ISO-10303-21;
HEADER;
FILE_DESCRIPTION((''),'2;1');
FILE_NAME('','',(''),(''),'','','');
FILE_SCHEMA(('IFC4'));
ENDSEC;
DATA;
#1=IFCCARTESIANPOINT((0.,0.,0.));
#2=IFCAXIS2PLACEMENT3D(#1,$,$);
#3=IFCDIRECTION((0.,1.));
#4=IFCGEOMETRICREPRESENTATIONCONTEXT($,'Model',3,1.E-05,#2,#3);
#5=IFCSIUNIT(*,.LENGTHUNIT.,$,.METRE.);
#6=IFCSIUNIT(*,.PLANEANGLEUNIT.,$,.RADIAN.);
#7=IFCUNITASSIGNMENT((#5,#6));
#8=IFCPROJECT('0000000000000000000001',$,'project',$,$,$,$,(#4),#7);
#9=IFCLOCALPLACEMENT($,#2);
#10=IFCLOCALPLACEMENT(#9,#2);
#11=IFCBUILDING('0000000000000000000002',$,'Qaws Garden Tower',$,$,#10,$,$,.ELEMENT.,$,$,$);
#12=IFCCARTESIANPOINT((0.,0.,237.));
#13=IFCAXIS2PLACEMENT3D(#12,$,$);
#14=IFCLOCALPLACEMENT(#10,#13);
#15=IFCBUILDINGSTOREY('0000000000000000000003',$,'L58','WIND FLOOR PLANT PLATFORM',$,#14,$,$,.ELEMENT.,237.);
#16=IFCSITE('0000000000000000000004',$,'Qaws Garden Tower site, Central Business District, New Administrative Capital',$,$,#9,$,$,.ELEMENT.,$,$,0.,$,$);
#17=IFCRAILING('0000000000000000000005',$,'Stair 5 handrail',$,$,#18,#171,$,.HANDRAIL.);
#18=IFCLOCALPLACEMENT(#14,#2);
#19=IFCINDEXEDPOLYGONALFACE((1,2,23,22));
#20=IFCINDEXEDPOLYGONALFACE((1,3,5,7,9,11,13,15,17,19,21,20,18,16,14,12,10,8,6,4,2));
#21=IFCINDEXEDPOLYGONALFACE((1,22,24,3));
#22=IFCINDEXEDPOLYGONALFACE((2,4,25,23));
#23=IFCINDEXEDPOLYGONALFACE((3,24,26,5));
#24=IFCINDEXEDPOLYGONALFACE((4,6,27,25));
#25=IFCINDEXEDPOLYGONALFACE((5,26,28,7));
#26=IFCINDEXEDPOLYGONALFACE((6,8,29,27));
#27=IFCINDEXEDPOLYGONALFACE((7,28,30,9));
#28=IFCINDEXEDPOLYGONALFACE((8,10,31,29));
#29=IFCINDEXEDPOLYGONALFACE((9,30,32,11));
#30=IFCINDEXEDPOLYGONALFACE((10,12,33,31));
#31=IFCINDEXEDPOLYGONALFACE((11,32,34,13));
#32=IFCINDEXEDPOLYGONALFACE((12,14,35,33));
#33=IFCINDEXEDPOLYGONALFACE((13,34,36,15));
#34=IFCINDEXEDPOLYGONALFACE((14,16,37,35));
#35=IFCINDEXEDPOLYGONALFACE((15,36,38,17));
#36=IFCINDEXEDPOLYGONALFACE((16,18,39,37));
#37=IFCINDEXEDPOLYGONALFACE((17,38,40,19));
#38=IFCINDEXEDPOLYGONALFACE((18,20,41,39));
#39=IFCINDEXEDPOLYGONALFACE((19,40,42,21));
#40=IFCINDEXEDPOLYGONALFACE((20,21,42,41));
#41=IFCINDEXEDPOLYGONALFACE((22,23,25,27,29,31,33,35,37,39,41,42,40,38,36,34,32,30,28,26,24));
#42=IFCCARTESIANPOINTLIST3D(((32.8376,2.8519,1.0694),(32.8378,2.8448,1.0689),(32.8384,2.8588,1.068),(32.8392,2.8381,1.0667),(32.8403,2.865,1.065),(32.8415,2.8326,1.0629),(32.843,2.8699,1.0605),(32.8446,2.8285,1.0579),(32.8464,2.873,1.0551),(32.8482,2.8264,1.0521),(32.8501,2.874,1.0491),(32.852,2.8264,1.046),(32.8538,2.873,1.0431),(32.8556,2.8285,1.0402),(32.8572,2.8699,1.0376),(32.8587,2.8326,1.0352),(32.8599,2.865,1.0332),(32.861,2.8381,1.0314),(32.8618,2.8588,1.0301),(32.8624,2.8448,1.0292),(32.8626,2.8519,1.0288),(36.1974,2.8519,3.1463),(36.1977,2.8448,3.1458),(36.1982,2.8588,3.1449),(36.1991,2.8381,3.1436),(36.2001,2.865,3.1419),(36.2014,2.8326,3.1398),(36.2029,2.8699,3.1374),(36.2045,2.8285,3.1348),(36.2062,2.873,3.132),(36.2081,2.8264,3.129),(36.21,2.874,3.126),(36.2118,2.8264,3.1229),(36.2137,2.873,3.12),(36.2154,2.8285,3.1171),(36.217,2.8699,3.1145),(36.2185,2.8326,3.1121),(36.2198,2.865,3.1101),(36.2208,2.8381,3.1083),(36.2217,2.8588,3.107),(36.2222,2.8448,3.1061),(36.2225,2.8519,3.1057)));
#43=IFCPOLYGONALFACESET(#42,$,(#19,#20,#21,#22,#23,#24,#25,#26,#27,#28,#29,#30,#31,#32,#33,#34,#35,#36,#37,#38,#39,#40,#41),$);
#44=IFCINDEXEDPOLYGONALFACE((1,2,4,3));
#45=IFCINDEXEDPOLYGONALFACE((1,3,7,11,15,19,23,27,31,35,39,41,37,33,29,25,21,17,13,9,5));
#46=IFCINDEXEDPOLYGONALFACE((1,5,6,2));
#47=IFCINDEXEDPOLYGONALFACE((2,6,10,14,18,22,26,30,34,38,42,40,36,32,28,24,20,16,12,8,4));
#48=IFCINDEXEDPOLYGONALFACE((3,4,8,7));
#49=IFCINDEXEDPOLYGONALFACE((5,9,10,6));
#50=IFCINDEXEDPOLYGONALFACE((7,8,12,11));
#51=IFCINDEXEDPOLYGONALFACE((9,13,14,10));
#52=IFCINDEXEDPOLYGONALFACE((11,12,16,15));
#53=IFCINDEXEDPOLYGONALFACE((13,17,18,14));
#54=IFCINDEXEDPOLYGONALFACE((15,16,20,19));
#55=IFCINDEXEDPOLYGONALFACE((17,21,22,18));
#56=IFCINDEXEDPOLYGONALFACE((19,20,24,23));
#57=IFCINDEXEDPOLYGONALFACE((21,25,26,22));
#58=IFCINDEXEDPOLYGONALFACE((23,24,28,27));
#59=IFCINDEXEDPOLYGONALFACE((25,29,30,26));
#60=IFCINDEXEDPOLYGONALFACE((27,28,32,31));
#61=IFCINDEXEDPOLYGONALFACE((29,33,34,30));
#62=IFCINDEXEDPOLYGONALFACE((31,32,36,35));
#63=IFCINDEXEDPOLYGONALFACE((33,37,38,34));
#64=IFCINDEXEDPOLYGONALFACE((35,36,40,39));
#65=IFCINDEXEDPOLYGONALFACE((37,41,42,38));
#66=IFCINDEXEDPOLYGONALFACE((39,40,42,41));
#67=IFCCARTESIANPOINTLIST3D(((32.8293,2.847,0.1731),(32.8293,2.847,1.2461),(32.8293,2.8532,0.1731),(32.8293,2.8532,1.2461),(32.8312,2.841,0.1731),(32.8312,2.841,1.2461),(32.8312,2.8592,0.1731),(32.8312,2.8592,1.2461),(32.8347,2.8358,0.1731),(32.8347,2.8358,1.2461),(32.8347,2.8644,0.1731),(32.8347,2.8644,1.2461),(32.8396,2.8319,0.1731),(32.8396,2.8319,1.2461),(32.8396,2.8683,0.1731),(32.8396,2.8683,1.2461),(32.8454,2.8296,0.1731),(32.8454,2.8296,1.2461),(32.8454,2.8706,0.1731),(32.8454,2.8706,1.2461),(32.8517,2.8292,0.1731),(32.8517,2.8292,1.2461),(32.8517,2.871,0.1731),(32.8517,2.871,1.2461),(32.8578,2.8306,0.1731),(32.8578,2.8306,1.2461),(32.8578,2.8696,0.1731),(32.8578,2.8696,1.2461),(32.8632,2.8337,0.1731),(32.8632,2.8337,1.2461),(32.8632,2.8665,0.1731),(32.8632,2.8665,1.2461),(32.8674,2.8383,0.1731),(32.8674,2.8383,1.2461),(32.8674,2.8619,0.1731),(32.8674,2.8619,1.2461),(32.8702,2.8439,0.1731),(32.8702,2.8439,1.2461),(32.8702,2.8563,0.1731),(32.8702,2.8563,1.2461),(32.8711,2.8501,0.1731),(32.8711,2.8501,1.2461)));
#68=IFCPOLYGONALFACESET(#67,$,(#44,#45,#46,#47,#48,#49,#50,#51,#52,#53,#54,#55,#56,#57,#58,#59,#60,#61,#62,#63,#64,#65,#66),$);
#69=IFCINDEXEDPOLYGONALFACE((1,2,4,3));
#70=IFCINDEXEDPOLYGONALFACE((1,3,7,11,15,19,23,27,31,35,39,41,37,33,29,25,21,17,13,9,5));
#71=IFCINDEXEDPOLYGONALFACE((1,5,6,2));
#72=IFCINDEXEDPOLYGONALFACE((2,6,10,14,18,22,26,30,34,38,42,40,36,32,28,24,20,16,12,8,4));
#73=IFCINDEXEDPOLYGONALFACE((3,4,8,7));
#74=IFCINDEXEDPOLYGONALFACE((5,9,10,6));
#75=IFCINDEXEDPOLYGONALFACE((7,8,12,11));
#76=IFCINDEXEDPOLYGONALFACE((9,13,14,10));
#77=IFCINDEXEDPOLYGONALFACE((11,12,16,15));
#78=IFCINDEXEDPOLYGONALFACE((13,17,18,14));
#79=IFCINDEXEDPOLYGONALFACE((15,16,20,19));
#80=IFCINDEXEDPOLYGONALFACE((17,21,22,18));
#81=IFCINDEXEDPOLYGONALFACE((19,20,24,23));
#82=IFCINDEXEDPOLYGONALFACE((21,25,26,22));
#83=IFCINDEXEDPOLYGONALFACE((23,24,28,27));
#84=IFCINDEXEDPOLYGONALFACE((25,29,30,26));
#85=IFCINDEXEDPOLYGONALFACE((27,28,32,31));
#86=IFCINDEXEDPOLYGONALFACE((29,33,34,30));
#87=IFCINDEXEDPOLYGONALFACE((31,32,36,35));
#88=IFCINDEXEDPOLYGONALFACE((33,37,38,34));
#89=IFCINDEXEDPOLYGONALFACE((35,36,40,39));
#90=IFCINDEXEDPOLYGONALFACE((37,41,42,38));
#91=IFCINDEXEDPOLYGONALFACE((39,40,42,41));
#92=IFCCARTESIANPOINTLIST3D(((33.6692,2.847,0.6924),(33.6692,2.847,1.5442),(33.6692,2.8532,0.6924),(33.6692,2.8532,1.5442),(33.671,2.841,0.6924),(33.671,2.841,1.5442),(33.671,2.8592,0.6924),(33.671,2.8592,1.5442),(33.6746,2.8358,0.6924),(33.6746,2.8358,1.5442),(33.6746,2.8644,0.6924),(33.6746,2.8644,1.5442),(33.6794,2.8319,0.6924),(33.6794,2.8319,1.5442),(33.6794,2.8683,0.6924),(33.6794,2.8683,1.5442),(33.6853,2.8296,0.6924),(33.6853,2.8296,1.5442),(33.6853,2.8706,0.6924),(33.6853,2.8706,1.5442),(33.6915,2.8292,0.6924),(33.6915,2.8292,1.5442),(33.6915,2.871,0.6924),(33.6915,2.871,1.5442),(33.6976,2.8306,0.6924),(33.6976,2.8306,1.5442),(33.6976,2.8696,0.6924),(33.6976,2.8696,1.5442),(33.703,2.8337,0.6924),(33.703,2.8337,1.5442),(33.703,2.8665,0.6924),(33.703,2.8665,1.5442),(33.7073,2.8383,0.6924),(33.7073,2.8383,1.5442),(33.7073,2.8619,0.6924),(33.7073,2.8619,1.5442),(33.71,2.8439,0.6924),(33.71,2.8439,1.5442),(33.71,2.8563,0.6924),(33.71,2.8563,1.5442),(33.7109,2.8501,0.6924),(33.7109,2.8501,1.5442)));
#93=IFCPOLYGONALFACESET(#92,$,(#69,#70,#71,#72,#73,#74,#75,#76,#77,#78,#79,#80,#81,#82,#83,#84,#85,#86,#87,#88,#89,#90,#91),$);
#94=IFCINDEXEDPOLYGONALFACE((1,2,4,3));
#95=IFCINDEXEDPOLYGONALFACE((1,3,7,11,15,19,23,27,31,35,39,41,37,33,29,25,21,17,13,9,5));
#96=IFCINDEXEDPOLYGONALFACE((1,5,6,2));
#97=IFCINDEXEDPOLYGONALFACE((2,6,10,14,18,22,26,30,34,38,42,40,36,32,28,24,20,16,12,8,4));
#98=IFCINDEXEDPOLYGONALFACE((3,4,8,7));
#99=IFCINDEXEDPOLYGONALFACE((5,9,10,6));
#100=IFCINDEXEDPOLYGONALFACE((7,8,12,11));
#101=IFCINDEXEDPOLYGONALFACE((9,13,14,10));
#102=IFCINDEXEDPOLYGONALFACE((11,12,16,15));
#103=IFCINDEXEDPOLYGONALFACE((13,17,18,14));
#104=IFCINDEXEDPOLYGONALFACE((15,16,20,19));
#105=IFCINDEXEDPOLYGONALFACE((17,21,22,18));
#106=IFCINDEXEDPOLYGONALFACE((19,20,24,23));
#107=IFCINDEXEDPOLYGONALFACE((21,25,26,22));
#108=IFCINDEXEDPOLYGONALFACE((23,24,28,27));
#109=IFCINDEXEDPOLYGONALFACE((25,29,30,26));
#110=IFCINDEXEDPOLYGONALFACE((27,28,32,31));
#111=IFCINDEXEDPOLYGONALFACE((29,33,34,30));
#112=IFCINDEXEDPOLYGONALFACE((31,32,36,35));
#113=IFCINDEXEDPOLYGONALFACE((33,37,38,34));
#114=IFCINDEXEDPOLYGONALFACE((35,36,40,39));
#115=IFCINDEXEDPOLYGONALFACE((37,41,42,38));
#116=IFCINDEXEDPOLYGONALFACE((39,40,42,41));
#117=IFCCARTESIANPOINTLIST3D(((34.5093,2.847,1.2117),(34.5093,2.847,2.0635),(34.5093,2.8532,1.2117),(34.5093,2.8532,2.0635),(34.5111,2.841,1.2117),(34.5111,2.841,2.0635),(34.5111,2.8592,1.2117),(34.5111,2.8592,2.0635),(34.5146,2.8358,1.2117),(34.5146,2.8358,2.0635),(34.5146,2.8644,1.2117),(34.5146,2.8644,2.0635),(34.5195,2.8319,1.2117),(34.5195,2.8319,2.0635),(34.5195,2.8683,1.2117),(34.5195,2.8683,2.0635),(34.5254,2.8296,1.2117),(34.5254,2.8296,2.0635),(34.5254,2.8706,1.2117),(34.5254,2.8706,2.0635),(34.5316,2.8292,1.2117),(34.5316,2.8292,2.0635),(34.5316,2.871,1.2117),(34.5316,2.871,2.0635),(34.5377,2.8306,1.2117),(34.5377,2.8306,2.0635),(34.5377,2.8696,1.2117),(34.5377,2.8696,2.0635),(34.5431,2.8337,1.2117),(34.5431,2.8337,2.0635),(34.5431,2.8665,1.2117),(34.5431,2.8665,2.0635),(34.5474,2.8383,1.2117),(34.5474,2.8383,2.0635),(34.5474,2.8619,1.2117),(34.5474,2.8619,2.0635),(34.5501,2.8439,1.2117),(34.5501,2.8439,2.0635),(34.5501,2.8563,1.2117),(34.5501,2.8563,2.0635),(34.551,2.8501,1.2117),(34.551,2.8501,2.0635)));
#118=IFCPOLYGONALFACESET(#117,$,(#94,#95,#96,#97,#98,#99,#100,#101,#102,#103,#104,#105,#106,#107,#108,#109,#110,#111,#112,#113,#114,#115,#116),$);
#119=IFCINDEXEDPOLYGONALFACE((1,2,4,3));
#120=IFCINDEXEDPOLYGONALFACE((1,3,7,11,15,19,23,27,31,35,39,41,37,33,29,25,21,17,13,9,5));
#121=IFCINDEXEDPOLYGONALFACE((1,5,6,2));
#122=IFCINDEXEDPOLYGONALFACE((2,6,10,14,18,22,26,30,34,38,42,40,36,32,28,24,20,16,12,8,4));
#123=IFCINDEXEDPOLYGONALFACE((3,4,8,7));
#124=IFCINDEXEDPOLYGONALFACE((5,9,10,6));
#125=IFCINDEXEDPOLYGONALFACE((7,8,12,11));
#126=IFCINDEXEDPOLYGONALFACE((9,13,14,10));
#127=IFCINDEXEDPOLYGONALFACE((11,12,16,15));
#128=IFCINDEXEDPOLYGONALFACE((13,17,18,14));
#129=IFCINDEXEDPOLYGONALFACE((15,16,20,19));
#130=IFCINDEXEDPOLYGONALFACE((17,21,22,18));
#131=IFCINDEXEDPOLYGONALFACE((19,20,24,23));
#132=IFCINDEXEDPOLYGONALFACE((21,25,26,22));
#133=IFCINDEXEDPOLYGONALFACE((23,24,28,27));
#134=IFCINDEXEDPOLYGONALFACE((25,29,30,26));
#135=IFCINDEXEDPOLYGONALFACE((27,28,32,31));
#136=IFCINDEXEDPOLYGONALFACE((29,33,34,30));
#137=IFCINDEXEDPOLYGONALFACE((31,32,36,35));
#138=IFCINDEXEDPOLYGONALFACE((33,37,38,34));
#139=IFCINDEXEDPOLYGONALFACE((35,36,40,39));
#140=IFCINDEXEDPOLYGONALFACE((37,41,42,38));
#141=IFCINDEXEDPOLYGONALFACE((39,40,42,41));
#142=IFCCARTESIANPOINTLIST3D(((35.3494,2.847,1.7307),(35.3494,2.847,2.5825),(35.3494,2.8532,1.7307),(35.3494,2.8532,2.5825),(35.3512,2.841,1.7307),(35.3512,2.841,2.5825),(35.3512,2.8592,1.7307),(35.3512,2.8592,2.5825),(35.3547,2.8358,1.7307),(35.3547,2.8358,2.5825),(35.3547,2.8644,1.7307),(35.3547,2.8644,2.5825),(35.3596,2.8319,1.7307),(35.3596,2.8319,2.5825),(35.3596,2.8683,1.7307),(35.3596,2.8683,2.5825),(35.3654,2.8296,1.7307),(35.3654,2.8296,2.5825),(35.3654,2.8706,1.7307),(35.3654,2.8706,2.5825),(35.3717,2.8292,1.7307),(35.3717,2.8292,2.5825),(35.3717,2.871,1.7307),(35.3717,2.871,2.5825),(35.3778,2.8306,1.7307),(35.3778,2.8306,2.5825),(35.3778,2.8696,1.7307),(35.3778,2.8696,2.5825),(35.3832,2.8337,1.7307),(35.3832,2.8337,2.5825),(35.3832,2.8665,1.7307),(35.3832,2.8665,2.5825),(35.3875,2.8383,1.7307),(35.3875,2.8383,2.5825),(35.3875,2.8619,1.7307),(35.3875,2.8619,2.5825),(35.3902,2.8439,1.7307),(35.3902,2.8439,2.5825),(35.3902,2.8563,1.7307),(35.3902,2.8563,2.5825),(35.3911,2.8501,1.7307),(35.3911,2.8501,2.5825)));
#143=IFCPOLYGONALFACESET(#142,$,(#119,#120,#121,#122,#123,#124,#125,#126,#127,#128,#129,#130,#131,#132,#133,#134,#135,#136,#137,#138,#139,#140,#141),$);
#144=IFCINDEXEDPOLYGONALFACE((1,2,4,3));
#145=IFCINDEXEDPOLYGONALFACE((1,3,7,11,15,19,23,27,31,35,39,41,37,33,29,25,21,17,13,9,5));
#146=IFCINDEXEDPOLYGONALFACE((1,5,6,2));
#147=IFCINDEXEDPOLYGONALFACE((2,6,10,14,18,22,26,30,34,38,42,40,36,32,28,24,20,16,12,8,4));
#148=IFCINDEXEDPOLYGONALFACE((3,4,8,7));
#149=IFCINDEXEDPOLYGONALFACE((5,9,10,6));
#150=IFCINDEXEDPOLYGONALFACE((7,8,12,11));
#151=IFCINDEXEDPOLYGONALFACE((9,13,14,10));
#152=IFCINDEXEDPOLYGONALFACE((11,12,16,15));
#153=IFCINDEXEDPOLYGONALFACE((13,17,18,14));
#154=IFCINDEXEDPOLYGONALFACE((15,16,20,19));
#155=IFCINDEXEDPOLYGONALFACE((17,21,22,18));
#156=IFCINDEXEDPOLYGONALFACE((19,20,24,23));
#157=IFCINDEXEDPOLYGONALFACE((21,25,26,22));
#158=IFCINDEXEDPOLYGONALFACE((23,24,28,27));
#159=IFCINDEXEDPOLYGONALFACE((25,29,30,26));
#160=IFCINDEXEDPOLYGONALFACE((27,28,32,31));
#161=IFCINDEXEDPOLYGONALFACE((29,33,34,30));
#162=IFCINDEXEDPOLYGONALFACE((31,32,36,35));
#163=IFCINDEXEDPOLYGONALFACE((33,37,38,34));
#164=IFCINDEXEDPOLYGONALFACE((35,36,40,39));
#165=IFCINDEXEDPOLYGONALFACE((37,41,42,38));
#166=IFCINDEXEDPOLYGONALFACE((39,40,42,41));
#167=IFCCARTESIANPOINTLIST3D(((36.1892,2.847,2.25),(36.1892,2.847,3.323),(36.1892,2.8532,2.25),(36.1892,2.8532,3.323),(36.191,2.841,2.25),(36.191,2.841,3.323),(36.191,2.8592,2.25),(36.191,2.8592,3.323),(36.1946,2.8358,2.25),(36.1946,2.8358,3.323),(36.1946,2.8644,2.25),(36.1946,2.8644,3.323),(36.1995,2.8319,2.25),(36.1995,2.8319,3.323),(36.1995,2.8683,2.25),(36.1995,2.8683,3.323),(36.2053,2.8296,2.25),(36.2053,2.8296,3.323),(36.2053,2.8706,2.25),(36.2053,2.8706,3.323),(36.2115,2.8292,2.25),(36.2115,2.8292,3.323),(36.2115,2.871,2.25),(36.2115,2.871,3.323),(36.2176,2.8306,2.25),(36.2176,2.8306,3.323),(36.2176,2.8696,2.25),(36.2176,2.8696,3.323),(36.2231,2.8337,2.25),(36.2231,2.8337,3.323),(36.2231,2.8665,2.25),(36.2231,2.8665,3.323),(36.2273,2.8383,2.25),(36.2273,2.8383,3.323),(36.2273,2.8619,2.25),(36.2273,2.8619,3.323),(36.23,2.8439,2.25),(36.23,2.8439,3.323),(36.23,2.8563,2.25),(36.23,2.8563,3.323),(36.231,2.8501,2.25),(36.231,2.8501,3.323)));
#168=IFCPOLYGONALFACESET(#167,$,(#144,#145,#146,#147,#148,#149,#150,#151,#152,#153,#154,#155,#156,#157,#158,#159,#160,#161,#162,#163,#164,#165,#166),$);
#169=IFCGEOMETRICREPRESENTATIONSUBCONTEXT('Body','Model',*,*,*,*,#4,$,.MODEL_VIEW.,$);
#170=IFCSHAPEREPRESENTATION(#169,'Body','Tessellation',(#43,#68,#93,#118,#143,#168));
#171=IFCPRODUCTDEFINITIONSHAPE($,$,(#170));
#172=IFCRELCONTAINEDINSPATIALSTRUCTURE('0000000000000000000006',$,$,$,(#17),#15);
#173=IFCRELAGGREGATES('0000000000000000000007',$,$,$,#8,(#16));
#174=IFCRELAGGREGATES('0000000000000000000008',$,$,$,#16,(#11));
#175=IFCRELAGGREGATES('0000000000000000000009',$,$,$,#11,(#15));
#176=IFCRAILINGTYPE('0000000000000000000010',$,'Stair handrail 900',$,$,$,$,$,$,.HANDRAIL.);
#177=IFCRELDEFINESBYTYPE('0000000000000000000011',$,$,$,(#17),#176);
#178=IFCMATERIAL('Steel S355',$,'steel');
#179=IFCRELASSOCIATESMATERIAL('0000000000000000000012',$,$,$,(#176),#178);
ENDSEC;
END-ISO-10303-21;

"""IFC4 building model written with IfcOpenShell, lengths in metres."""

from ifc_helpers import new_model, si_unit, direction, frame, origin, origin_2d, place, context, subcontext, project, spatial, circle, extrude, material, type_object, element, save


model = new_model("IFC4")

# Units and contexts
model_context = context("Model", 3, precision=1e-05, world=origin(), true_north=direction((0.0, 1.0)))
body_context = subcontext(model_context, "Body", "Model", "MODEL_VIEW")
ifc_project = project(units=[si_unit("LENGTHUNIT", "METRE"), si_unit("PLANEANGLEUNIT", "RADIAN")], contexts=[model_context])

# Site, building, storey
site_placement = place(None, origin())
site = spatial("IfcSite", under=ifc_project, at=site_placement, Name="Qaws Garden Tower site, Central Business District, New Administrative Capital", CompositionType="ELEMENT", RefElevation=0.0)
building_placement = place(site_placement, origin())
building = spatial("IfcBuilding", under=site, at=building_placement, Name="Qaws Garden Tower", CompositionType="ELEMENT")
storey_placement = place(building_placement, frame((0.0, 0.0, 237.0)))
storey = spatial("IfcBuildingStorey", under=building, at=storey_placement, Name="L58", Description="WIND FLOOR PLANT PLATFORM", CompositionType="ELEMENT", Elevation=237.0)

# Railing
ifc_material_1 = material(Name="Steel S355", Category="steel")
railing_type_1 = type_object("IfcRailingType", Name="Stair handrail 900", PredefinedType="HANDRAIL", material=ifc_material_1)
railing_1_placement = place(storey_placement, frame((32.8501, 2.8501, 0.1731)))
element("IfcRailing", 1, at=railing_1_placement, inside=storey, type_object=railing_type_1, Name="Stair 5 handrail", PredefinedType="HANDRAIL", context=body_context, shape_type="SweptSolid", body=[
    extrude(circle(Radius=0.0239, at=origin_2d()), frame((0.0, 0.0, 0.876), z_axis=(0.850606, 0.0, 0.525803), x_axis=(0.0, 1.0, 0.0)), (0.0, 0.0, 1.0), 3.95),
    extrude(circle(Radius=0.021, at=origin_2d()), origin(), (0.0, 0.0, 1.0), 1.073),
    extrude(circle(Radius=0.021, at=origin_2d()), frame((0.8398, 0.0, 0.5193)), (0.0, 0.0, 1.0), 0.8518),
    extrude(circle(Radius=0.021, at=origin_2d()), frame((1.6799, 0.0, 1.0386)), (0.0, 0.0, 1.0), 0.8518),
    extrude(circle(Radius=0.021, at=origin_2d()), frame((2.52, 0.0, 1.5576)), (0.0, 0.0, 1.0), 0.8518),
    extrude(circle(Radius=0.021, at=origin_2d()), frame((3.3599, 0.0, 2.0769)), (0.0, 0.0, 1.0), 1.073),
])

save(model, "model.ifc")
